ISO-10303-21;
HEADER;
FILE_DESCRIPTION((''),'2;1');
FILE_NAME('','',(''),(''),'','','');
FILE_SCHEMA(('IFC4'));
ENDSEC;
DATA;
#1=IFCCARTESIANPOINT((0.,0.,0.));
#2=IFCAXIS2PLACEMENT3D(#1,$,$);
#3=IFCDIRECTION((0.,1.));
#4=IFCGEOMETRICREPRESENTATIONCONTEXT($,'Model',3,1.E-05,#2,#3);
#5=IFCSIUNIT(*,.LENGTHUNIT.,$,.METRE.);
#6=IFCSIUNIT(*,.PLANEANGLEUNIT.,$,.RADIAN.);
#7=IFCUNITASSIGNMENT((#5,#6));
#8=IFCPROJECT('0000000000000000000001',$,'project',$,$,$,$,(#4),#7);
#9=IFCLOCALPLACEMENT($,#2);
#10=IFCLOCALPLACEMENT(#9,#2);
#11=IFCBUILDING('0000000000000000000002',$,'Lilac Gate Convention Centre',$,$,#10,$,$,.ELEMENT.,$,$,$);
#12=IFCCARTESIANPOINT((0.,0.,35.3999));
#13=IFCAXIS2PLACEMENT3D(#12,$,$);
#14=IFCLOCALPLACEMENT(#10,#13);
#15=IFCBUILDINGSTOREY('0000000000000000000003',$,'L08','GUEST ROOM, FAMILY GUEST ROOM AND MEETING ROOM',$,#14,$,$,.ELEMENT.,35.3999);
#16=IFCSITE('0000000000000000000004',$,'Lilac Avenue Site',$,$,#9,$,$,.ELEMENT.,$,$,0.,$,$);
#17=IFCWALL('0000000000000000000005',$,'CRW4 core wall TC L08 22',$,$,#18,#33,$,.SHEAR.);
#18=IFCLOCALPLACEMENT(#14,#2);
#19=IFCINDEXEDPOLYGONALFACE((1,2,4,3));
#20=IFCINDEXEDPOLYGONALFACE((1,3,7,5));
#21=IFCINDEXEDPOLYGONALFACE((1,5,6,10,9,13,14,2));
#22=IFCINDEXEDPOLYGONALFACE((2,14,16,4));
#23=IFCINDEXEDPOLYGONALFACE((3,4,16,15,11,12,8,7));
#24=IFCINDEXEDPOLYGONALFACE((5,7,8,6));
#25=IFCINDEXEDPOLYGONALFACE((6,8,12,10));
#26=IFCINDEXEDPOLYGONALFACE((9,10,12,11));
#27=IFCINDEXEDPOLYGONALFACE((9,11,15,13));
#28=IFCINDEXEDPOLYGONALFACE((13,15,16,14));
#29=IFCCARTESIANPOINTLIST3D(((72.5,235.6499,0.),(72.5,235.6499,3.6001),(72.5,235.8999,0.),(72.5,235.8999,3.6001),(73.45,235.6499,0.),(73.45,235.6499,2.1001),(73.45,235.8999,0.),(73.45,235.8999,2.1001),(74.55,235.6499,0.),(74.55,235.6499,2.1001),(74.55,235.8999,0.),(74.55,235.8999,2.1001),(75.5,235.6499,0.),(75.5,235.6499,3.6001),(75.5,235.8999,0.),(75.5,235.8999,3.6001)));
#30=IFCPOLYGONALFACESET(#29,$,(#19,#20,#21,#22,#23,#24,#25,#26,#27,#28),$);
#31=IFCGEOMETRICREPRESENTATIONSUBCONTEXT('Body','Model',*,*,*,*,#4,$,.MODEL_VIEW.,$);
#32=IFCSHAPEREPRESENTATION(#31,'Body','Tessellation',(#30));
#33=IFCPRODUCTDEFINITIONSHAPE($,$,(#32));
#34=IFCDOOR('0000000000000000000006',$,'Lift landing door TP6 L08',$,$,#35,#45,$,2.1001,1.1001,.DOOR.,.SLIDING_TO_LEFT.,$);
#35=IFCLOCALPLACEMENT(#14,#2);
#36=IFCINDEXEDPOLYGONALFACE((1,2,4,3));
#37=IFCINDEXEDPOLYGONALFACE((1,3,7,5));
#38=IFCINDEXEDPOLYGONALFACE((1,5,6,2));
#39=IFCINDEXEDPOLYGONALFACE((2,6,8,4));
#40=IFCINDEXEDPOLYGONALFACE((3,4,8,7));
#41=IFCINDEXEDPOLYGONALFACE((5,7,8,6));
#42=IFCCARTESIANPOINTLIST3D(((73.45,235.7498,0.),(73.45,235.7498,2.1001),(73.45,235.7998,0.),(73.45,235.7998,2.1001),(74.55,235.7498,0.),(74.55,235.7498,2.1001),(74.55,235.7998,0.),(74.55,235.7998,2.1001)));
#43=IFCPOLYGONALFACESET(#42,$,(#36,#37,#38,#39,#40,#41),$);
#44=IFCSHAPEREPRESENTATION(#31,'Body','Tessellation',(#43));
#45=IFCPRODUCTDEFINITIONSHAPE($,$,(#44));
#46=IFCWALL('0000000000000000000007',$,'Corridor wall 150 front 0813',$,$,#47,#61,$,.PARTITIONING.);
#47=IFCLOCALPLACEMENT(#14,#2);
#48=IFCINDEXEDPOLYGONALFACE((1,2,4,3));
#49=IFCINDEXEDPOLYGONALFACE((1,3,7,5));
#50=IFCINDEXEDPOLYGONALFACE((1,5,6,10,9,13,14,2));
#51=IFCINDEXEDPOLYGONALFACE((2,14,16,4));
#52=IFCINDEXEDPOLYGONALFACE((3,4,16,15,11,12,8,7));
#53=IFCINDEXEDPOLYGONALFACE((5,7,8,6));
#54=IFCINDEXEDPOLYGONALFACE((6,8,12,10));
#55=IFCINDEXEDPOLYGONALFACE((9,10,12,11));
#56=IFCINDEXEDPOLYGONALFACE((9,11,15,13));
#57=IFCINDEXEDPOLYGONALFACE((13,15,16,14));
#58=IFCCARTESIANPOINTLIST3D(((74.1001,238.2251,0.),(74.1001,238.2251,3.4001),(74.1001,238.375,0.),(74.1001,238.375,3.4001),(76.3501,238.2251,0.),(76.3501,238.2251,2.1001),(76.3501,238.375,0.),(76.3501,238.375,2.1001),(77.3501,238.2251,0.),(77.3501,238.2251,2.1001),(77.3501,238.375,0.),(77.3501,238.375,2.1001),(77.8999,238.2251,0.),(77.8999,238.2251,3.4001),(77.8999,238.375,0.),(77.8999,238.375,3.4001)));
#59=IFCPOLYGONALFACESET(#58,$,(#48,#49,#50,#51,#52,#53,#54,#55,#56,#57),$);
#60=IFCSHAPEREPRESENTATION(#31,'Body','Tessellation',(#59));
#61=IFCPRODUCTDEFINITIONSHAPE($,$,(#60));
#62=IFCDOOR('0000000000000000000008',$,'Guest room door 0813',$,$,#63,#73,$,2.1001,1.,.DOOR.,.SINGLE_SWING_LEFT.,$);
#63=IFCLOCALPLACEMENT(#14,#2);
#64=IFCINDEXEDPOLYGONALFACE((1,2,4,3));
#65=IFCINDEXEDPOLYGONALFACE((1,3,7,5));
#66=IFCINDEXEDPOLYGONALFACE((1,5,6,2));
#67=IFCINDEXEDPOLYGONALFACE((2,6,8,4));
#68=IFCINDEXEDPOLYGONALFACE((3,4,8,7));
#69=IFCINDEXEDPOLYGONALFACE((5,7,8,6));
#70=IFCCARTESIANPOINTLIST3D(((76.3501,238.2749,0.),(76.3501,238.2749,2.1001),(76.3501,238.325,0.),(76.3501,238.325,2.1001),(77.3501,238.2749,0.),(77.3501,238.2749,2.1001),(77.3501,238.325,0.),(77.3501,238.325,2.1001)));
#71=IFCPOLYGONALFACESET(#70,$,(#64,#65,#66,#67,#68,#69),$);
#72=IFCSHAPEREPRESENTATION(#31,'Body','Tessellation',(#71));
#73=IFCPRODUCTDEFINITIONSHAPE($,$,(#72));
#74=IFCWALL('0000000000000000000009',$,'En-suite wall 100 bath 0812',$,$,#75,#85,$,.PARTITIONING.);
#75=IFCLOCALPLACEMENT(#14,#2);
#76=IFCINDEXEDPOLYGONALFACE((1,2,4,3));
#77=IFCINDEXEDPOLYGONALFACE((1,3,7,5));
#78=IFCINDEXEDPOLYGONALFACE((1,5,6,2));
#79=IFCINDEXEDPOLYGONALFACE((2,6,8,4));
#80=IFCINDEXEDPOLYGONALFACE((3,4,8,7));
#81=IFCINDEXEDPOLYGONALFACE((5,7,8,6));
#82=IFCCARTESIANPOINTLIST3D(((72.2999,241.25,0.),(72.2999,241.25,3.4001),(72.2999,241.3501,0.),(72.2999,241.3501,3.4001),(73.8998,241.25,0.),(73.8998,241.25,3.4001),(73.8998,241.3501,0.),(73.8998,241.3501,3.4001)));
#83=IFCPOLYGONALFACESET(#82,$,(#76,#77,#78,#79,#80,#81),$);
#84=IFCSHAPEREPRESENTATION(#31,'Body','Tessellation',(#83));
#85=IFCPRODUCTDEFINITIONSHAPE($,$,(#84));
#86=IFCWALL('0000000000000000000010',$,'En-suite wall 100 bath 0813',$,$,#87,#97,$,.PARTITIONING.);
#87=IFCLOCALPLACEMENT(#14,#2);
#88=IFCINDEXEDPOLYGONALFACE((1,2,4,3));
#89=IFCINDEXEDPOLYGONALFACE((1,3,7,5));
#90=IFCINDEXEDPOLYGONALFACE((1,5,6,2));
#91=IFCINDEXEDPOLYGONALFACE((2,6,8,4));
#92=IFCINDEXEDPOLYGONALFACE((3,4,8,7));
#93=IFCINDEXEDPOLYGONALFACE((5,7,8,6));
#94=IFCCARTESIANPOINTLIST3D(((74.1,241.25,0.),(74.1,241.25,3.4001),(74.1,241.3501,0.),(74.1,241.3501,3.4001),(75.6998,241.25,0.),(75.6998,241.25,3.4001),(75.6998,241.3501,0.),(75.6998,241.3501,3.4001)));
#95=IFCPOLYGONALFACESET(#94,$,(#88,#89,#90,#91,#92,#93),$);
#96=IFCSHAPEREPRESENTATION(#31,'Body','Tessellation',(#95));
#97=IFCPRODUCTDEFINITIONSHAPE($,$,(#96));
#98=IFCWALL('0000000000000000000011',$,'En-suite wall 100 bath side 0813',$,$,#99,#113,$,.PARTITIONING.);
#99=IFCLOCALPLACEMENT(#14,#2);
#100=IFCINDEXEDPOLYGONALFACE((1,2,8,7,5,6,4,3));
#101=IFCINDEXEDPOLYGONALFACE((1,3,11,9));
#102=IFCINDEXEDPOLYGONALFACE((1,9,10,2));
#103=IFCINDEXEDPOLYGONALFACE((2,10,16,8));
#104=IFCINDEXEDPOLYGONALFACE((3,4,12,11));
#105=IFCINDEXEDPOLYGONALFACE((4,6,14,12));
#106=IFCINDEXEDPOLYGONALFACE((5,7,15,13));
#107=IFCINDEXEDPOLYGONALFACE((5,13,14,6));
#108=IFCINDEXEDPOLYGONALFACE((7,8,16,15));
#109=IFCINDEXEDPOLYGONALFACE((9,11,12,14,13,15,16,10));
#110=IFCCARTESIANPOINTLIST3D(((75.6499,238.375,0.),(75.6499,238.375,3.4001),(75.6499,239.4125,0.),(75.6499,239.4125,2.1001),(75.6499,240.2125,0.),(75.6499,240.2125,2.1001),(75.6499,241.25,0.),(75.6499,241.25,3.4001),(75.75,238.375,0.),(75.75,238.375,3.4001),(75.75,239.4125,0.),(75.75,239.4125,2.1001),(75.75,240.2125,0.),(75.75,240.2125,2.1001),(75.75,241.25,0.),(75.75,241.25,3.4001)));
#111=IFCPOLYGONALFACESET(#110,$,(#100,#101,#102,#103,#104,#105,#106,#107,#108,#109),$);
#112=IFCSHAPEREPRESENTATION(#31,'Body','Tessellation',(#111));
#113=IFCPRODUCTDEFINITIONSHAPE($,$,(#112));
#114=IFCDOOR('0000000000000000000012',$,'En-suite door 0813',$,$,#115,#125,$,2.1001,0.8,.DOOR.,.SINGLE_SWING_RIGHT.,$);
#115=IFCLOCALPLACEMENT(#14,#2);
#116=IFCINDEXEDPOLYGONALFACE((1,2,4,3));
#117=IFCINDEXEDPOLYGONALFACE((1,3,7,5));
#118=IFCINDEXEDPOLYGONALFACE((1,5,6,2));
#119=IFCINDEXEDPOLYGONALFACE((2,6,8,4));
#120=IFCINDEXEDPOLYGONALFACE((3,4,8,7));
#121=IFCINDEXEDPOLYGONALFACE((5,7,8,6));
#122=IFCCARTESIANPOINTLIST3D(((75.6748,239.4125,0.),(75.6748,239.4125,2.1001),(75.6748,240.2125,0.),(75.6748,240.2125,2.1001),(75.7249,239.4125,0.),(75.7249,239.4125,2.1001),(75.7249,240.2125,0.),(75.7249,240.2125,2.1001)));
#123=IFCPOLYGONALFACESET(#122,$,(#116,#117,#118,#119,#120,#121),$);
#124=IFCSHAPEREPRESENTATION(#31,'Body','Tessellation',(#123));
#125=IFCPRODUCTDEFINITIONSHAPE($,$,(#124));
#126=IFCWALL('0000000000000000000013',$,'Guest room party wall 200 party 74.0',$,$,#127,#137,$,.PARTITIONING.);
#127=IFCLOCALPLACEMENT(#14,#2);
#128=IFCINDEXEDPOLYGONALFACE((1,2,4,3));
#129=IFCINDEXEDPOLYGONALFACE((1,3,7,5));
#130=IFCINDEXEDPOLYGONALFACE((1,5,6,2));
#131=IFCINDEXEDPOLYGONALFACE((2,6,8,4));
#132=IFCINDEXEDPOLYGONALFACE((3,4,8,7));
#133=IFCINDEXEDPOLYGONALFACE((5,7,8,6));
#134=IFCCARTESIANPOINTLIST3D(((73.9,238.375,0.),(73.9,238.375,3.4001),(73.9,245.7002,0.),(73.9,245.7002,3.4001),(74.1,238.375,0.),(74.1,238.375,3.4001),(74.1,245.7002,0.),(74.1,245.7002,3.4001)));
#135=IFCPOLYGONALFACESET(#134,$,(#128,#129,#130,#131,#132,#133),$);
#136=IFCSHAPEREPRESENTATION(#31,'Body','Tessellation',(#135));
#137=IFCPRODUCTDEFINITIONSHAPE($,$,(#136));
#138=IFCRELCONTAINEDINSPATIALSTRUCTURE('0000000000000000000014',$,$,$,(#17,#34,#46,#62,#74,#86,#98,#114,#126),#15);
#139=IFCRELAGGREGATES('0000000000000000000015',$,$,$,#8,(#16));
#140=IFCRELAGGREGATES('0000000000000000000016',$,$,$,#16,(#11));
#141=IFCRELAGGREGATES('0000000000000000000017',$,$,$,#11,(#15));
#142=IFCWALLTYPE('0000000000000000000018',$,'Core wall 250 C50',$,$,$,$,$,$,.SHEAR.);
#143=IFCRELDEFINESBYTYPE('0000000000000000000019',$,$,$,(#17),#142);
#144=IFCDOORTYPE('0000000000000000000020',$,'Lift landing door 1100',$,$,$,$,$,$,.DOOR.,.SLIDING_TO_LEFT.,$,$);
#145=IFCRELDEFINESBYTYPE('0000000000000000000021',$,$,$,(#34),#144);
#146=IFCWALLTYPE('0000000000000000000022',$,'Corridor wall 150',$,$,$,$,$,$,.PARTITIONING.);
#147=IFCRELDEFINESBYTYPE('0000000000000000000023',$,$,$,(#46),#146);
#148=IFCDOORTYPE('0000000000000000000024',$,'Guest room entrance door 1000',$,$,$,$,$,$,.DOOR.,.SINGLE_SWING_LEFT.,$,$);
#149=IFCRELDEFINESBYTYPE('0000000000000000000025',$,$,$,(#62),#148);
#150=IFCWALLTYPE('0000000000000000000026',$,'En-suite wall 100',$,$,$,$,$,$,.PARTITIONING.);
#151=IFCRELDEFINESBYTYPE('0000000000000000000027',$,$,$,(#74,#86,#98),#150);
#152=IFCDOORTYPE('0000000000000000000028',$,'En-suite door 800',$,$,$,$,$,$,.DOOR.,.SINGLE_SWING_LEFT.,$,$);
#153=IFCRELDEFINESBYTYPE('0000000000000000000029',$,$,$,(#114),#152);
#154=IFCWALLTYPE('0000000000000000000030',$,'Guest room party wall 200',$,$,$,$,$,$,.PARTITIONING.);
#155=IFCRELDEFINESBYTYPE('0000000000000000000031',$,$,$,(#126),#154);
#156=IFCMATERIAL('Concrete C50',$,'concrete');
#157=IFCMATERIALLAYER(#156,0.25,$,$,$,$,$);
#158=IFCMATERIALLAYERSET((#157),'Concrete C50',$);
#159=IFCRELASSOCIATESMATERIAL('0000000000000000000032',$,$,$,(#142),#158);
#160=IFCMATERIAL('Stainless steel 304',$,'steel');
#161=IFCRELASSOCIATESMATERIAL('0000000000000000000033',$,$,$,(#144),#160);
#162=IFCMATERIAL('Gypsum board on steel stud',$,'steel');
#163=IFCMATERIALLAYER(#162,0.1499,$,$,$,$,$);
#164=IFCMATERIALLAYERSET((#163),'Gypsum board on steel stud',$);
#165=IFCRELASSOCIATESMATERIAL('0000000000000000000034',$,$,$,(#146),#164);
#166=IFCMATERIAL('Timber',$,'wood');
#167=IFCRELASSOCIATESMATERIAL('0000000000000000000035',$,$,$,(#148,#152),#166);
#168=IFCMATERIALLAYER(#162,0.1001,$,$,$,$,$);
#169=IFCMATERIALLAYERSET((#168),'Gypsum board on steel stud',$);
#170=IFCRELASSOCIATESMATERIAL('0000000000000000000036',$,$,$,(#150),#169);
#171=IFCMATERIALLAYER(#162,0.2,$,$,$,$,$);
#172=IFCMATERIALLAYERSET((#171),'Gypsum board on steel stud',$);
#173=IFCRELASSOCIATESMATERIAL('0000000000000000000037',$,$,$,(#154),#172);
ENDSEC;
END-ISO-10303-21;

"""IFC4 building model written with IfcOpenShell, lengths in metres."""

from ifc_helpers import new_model, si_unit, direction, frame, frame_2d, origin, place, context, subcontext, project, spatial, rectangle, extrude, material, layer, layer_set, type_object, element, fill, save


model = new_model("IFC4")

# Units and contexts
model_context = context("Model", 3, precision=1e-05, world=origin(), true_north=direction((0.0, 1.0)))
body_context = subcontext(model_context, "Body", "Model", "MODEL_VIEW")
ifc_project = project(units=[si_unit("LENGTHUNIT", "METRE"), si_unit("PLANEANGLEUNIT", "RADIAN")], contexts=[model_context])

# Site, building, storey
site_placement = place(None, origin())
site = spatial("IfcSite", under=ifc_project, at=site_placement, Name="Lilac Avenue Site", CompositionType="ELEMENT", RefElevation=0.0)
building_placement = place(site_placement, origin())
building = spatial("IfcBuilding", under=site, at=building_placement, Name="Lilac Gate Convention Centre", CompositionType="ELEMENT")
storey_placement = place(building_placement, frame((0.0, 0.0, 35.3999)))
storey = spatial("IfcBuildingStorey", under=building, at=storey_placement, Name="L08", Description="GUEST ROOM, FAMILY GUEST ROOM AND MEETING ROOM", CompositionType="ELEMENT", Elevation=35.3999)

# Walls, openings, doors
ifc_material_1 = material(Name="Concrete C50", Category="concrete")
ifc_layer_1 = layer(ifc_material_1, 0.25)
ifc_layer_set_1 = layer_set([ifc_layer_1], Name="Concrete C50")
wall_type_1 = type_object("IfcWallType", Name="Core wall 250 C50", PredefinedType="SHEAR", material=ifc_layer_set_1)
wall_1_placement = place(storey_placement, frame((72.5, 235.7749, 0.0), z_axis=(0.0, 0.0, 1.0), x_axis=(1.0, 0.0, 0.0)))
wall_1 = element("IfcWall", 1, at=wall_1_placement, inside=storey, type_object=wall_type_1, Name="CRW4 core wall TC L08 22", PredefinedType="SHEAR", context=body_context, shape_type="SweptSolid", body=[
    extrude(rectangle(XDim=3.0, YDim=0.25, at=frame_2d((1.5, 0.0))), origin(), (0.0, 0.0, 1.0), 3.6001),
])
opening_1_placement = place(wall_1_placement, frame((0.95, 0.0, 0.0)))
opening_1 = element("IfcOpeningElement", 2, at=opening_1_placement, cuts=wall_1, PredefinedType="OPENING", context=body_context, shape_type="SweptSolid", body=[
    extrude(rectangle(XDim=1.1001, YDim=2.1001, at=frame_2d((0.55, 1.05))), frame((0.0, 0.135, 0.0), z_axis=(0.0, -1.0, 0.0), x_axis=(1.0, 0.0, 0.0)), (0.0, 0.0, 1.0), 0.27),
])
ifc_material_2 = material(Name="Stainless steel 304", Category="steel")
door_type_1 = type_object("IfcDoorType", Name="Lift landing door 1100", OperationType="SLIDING_TO_LEFT", PredefinedType="DOOR", material=ifc_material_2)
door_1_placement = place(opening_1_placement, origin())
door_1 = element("IfcDoor", 3, at=door_1_placement, inside=storey, type_object=door_type_1, Name="Lift landing door TP6 L08", OperationType="SLIDING_TO_LEFT", OverallHeight=2.1001, OverallWidth=1.1001, PredefinedType="DOOR", context=body_context, shape_type="SweptSolid", body=[
    extrude(rectangle(XDim=1.1001, YDim=2.1001, at=frame_2d((0.55, 1.05))), frame((0.0, 0.0249, 0.0), z_axis=(0.0, -1.0, 0.0), x_axis=(1.0, 0.0, 0.0)), (0.0, 0.0, 1.0), 0.05),
])
fill(opening_1, door_1)
ifc_material_3 = material(Name="Gypsum board on steel stud", Category="steel")
ifc_layer_2 = layer(ifc_material_3, 0.1499)
ifc_layer_set_2 = layer_set([ifc_layer_2], Name="Gypsum board on steel stud")
wall_type_2 = type_object("IfcWallType", Name="Corridor wall 150", PredefinedType="PARTITIONING", material=ifc_layer_set_2)
wall_2_placement = place(storey_placement, frame((74.1001, 238.3, 0.0), z_axis=(0.0, 0.0, 1.0), x_axis=(1.0, 0.0, 0.0)))
wall_2 = element("IfcWall", 4, at=wall_2_placement, inside=storey, type_object=wall_type_2, Name="Corridor wall 150 front 0813", PredefinedType="PARTITIONING", context=body_context, shape_type="SweptSolid", body=[
    extrude(rectangle(XDim=3.7998, YDim=0.1499, at=frame_2d((1.8999, 0.0))), origin(), (0.0, 0.0, 1.0), 3.4001),
])
opening_2_placement = place(wall_2_placement, frame((2.25, 0.0, 0.0)))
opening_2 = element("IfcOpeningElement", 5, at=opening_2_placement, cuts=wall_2, PredefinedType="OPENING", context=body_context, shape_type="SweptSolid", body=[
    extrude(rectangle(XDim=1.0, YDim=2.1001, at=frame_2d((0.5, 1.05))), frame((0.0, 0.085, 0.0), z_axis=(0.0, -1.0, 0.0), x_axis=(1.0, 0.0, 0.0)), (0.0, 0.0, 1.0), 0.1699),
])
ifc_material_4 = material(Name="Timber", Category="wood")
door_type_2 = type_object("IfcDoorType", Name="Guest room entrance door 1000", OperationType="SINGLE_SWING_LEFT", PredefinedType="DOOR", material=ifc_material_4)
door_2_placement = place(opening_2_placement, origin())
door_2 = element("IfcDoor", 6, at=door_2_placement, inside=storey, type_object=door_type_2, Name="Guest room door 0813", OperationType="SINGLE_SWING_LEFT", OverallHeight=2.1001, OverallWidth=1.0, PredefinedType="DOOR", context=body_context, shape_type="SweptSolid", body=[
    extrude(rectangle(XDim=1.0, YDim=2.1001, at=frame_2d((0.5, 1.05))), frame((0.0, 0.0249, 0.0), z_axis=(0.0, -1.0, 0.0), x_axis=(1.0, 0.0, 0.0)), (0.0, 0.0, 1.0), 0.05),
])
fill(opening_2, door_2)

# Walls
ifc_layer_3 = layer(ifc_material_3, 0.1001)
ifc_layer_set_3 = layer_set([ifc_layer_3], Name="Gypsum board on steel stud")
wall_type_3 = type_object("IfcWallType", Name="En-suite wall 100", PredefinedType="PARTITIONING", material=ifc_layer_set_3)
for number, where, z_axis, x_axis, name in (
    (7, (72.3, 241.3, 0.0), (0.0, 0.0, 1.0), (1.0, 0.0, 0.0), "En-suite wall 100 bath 0812"),
    (8, (74.1001, 241.3, 0.0), (0.0, 0.0, 1.0), (1.0, 0.0, 0.0), "En-suite wall 100 bath 0813"),
):
    element("IfcWall", number, at=place(storey_placement, frame(where, z_axis=z_axis, x_axis=x_axis)), inside=storey, type_object=wall_type_3, Name=name, PredefinedType="PARTITIONING", context=body_context, shape_type="SweptSolid", body=[
        extrude(rectangle(XDim=1.5999, YDim=0.1001, at=frame_2d((0.7998, 0.0))), origin(), (0.0, 0.0, 1.0), 3.4001),
    ])

# Wall, opening, door
wall_3_placement = place(storey_placement, frame((75.7, 241.25, 0.0), z_axis=(0.0, 0.0, 1.0), x_axis=(0.0, -1.0, 0.0)))
wall_3 = element("IfcWall", 9, at=wall_3_placement, inside=storey, type_object=wall_type_3, Name="En-suite wall 100 bath side 0813", PredefinedType="PARTITIONING", context=body_context, shape_type="SweptSolid", body=[
    extrude(rectangle(XDim=2.875, YDim=0.1001, at=frame_2d((1.4375, 0.0))), origin(), (0.0, 0.0, 1.0), 3.4001),
])
opening_3_placement = place(wall_3_placement, frame((1.0376, 0.0, 0.0)))
opening_3 = element("IfcOpeningElement", 10, at=opening_3_placement, cuts=wall_3, PredefinedType="OPENING", context=body_context, shape_type="SweptSolid", body=[
    extrude(rectangle(XDim=0.8, YDim=2.1001, at=frame_2d((0.3999, 1.05))), frame((0.0, 0.0601, 0.0), z_axis=(0.0, -1.0, 0.0), x_axis=(1.0, 0.0, 0.0)), (0.0, 0.0, 1.0), 0.1201),
])
door_type_3 = type_object("IfcDoorType", Name="En-suite door 800", OperationType="SINGLE_SWING_LEFT", PredefinedType="DOOR", material=ifc_material_4)
door_3_placement = place(opening_3_placement, origin())
door_3 = element("IfcDoor", 11, at=door_3_placement, inside=storey, type_object=door_type_3, Name="En-suite door 0813", OperationType="SINGLE_SWING_RIGHT", OverallHeight=2.1001, OverallWidth=0.8, PredefinedType="DOOR", context=body_context, shape_type="SweptSolid", body=[
    extrude(rectangle(XDim=0.8, YDim=2.1001, at=frame_2d((0.3999, 1.05))), frame((0.0, 0.0249, 0.0), z_axis=(0.0, -1.0, 0.0), x_axis=(1.0, 0.0, 0.0)), (0.0, 0.0, 1.0), 0.05),
])
fill(opening_3, door_3)

# Wall
ifc_layer_4 = layer(ifc_material_3, 0.2)
ifc_layer_set_4 = layer_set([ifc_layer_4], Name="Gypsum board on steel stud")
wall_type_4 = type_object("IfcWallType", Name="Guest room party wall 200", PredefinedType="PARTITIONING", material=ifc_layer_set_4)
wall_4_placement = place(storey_placement, frame((74.0, 245.7002, 0.0), z_axis=(0.0, 0.0, 1.0), x_axis=(0.0, -1.0, 0.0)))
element("IfcWall", 12, at=wall_4_placement, inside=storey, type_object=wall_type_4, Name="Guest room party wall 200 party 74.0", PredefinedType="PARTITIONING", context=body_context, shape_type="SweptSolid", body=[
    extrude(rectangle(XDim=7.3252, YDim=0.2, at=frame_2d((3.6626, 0.0))), origin(), (0.0, 0.0, 1.0), 3.4001),
])

save(model, "model.ifc")
